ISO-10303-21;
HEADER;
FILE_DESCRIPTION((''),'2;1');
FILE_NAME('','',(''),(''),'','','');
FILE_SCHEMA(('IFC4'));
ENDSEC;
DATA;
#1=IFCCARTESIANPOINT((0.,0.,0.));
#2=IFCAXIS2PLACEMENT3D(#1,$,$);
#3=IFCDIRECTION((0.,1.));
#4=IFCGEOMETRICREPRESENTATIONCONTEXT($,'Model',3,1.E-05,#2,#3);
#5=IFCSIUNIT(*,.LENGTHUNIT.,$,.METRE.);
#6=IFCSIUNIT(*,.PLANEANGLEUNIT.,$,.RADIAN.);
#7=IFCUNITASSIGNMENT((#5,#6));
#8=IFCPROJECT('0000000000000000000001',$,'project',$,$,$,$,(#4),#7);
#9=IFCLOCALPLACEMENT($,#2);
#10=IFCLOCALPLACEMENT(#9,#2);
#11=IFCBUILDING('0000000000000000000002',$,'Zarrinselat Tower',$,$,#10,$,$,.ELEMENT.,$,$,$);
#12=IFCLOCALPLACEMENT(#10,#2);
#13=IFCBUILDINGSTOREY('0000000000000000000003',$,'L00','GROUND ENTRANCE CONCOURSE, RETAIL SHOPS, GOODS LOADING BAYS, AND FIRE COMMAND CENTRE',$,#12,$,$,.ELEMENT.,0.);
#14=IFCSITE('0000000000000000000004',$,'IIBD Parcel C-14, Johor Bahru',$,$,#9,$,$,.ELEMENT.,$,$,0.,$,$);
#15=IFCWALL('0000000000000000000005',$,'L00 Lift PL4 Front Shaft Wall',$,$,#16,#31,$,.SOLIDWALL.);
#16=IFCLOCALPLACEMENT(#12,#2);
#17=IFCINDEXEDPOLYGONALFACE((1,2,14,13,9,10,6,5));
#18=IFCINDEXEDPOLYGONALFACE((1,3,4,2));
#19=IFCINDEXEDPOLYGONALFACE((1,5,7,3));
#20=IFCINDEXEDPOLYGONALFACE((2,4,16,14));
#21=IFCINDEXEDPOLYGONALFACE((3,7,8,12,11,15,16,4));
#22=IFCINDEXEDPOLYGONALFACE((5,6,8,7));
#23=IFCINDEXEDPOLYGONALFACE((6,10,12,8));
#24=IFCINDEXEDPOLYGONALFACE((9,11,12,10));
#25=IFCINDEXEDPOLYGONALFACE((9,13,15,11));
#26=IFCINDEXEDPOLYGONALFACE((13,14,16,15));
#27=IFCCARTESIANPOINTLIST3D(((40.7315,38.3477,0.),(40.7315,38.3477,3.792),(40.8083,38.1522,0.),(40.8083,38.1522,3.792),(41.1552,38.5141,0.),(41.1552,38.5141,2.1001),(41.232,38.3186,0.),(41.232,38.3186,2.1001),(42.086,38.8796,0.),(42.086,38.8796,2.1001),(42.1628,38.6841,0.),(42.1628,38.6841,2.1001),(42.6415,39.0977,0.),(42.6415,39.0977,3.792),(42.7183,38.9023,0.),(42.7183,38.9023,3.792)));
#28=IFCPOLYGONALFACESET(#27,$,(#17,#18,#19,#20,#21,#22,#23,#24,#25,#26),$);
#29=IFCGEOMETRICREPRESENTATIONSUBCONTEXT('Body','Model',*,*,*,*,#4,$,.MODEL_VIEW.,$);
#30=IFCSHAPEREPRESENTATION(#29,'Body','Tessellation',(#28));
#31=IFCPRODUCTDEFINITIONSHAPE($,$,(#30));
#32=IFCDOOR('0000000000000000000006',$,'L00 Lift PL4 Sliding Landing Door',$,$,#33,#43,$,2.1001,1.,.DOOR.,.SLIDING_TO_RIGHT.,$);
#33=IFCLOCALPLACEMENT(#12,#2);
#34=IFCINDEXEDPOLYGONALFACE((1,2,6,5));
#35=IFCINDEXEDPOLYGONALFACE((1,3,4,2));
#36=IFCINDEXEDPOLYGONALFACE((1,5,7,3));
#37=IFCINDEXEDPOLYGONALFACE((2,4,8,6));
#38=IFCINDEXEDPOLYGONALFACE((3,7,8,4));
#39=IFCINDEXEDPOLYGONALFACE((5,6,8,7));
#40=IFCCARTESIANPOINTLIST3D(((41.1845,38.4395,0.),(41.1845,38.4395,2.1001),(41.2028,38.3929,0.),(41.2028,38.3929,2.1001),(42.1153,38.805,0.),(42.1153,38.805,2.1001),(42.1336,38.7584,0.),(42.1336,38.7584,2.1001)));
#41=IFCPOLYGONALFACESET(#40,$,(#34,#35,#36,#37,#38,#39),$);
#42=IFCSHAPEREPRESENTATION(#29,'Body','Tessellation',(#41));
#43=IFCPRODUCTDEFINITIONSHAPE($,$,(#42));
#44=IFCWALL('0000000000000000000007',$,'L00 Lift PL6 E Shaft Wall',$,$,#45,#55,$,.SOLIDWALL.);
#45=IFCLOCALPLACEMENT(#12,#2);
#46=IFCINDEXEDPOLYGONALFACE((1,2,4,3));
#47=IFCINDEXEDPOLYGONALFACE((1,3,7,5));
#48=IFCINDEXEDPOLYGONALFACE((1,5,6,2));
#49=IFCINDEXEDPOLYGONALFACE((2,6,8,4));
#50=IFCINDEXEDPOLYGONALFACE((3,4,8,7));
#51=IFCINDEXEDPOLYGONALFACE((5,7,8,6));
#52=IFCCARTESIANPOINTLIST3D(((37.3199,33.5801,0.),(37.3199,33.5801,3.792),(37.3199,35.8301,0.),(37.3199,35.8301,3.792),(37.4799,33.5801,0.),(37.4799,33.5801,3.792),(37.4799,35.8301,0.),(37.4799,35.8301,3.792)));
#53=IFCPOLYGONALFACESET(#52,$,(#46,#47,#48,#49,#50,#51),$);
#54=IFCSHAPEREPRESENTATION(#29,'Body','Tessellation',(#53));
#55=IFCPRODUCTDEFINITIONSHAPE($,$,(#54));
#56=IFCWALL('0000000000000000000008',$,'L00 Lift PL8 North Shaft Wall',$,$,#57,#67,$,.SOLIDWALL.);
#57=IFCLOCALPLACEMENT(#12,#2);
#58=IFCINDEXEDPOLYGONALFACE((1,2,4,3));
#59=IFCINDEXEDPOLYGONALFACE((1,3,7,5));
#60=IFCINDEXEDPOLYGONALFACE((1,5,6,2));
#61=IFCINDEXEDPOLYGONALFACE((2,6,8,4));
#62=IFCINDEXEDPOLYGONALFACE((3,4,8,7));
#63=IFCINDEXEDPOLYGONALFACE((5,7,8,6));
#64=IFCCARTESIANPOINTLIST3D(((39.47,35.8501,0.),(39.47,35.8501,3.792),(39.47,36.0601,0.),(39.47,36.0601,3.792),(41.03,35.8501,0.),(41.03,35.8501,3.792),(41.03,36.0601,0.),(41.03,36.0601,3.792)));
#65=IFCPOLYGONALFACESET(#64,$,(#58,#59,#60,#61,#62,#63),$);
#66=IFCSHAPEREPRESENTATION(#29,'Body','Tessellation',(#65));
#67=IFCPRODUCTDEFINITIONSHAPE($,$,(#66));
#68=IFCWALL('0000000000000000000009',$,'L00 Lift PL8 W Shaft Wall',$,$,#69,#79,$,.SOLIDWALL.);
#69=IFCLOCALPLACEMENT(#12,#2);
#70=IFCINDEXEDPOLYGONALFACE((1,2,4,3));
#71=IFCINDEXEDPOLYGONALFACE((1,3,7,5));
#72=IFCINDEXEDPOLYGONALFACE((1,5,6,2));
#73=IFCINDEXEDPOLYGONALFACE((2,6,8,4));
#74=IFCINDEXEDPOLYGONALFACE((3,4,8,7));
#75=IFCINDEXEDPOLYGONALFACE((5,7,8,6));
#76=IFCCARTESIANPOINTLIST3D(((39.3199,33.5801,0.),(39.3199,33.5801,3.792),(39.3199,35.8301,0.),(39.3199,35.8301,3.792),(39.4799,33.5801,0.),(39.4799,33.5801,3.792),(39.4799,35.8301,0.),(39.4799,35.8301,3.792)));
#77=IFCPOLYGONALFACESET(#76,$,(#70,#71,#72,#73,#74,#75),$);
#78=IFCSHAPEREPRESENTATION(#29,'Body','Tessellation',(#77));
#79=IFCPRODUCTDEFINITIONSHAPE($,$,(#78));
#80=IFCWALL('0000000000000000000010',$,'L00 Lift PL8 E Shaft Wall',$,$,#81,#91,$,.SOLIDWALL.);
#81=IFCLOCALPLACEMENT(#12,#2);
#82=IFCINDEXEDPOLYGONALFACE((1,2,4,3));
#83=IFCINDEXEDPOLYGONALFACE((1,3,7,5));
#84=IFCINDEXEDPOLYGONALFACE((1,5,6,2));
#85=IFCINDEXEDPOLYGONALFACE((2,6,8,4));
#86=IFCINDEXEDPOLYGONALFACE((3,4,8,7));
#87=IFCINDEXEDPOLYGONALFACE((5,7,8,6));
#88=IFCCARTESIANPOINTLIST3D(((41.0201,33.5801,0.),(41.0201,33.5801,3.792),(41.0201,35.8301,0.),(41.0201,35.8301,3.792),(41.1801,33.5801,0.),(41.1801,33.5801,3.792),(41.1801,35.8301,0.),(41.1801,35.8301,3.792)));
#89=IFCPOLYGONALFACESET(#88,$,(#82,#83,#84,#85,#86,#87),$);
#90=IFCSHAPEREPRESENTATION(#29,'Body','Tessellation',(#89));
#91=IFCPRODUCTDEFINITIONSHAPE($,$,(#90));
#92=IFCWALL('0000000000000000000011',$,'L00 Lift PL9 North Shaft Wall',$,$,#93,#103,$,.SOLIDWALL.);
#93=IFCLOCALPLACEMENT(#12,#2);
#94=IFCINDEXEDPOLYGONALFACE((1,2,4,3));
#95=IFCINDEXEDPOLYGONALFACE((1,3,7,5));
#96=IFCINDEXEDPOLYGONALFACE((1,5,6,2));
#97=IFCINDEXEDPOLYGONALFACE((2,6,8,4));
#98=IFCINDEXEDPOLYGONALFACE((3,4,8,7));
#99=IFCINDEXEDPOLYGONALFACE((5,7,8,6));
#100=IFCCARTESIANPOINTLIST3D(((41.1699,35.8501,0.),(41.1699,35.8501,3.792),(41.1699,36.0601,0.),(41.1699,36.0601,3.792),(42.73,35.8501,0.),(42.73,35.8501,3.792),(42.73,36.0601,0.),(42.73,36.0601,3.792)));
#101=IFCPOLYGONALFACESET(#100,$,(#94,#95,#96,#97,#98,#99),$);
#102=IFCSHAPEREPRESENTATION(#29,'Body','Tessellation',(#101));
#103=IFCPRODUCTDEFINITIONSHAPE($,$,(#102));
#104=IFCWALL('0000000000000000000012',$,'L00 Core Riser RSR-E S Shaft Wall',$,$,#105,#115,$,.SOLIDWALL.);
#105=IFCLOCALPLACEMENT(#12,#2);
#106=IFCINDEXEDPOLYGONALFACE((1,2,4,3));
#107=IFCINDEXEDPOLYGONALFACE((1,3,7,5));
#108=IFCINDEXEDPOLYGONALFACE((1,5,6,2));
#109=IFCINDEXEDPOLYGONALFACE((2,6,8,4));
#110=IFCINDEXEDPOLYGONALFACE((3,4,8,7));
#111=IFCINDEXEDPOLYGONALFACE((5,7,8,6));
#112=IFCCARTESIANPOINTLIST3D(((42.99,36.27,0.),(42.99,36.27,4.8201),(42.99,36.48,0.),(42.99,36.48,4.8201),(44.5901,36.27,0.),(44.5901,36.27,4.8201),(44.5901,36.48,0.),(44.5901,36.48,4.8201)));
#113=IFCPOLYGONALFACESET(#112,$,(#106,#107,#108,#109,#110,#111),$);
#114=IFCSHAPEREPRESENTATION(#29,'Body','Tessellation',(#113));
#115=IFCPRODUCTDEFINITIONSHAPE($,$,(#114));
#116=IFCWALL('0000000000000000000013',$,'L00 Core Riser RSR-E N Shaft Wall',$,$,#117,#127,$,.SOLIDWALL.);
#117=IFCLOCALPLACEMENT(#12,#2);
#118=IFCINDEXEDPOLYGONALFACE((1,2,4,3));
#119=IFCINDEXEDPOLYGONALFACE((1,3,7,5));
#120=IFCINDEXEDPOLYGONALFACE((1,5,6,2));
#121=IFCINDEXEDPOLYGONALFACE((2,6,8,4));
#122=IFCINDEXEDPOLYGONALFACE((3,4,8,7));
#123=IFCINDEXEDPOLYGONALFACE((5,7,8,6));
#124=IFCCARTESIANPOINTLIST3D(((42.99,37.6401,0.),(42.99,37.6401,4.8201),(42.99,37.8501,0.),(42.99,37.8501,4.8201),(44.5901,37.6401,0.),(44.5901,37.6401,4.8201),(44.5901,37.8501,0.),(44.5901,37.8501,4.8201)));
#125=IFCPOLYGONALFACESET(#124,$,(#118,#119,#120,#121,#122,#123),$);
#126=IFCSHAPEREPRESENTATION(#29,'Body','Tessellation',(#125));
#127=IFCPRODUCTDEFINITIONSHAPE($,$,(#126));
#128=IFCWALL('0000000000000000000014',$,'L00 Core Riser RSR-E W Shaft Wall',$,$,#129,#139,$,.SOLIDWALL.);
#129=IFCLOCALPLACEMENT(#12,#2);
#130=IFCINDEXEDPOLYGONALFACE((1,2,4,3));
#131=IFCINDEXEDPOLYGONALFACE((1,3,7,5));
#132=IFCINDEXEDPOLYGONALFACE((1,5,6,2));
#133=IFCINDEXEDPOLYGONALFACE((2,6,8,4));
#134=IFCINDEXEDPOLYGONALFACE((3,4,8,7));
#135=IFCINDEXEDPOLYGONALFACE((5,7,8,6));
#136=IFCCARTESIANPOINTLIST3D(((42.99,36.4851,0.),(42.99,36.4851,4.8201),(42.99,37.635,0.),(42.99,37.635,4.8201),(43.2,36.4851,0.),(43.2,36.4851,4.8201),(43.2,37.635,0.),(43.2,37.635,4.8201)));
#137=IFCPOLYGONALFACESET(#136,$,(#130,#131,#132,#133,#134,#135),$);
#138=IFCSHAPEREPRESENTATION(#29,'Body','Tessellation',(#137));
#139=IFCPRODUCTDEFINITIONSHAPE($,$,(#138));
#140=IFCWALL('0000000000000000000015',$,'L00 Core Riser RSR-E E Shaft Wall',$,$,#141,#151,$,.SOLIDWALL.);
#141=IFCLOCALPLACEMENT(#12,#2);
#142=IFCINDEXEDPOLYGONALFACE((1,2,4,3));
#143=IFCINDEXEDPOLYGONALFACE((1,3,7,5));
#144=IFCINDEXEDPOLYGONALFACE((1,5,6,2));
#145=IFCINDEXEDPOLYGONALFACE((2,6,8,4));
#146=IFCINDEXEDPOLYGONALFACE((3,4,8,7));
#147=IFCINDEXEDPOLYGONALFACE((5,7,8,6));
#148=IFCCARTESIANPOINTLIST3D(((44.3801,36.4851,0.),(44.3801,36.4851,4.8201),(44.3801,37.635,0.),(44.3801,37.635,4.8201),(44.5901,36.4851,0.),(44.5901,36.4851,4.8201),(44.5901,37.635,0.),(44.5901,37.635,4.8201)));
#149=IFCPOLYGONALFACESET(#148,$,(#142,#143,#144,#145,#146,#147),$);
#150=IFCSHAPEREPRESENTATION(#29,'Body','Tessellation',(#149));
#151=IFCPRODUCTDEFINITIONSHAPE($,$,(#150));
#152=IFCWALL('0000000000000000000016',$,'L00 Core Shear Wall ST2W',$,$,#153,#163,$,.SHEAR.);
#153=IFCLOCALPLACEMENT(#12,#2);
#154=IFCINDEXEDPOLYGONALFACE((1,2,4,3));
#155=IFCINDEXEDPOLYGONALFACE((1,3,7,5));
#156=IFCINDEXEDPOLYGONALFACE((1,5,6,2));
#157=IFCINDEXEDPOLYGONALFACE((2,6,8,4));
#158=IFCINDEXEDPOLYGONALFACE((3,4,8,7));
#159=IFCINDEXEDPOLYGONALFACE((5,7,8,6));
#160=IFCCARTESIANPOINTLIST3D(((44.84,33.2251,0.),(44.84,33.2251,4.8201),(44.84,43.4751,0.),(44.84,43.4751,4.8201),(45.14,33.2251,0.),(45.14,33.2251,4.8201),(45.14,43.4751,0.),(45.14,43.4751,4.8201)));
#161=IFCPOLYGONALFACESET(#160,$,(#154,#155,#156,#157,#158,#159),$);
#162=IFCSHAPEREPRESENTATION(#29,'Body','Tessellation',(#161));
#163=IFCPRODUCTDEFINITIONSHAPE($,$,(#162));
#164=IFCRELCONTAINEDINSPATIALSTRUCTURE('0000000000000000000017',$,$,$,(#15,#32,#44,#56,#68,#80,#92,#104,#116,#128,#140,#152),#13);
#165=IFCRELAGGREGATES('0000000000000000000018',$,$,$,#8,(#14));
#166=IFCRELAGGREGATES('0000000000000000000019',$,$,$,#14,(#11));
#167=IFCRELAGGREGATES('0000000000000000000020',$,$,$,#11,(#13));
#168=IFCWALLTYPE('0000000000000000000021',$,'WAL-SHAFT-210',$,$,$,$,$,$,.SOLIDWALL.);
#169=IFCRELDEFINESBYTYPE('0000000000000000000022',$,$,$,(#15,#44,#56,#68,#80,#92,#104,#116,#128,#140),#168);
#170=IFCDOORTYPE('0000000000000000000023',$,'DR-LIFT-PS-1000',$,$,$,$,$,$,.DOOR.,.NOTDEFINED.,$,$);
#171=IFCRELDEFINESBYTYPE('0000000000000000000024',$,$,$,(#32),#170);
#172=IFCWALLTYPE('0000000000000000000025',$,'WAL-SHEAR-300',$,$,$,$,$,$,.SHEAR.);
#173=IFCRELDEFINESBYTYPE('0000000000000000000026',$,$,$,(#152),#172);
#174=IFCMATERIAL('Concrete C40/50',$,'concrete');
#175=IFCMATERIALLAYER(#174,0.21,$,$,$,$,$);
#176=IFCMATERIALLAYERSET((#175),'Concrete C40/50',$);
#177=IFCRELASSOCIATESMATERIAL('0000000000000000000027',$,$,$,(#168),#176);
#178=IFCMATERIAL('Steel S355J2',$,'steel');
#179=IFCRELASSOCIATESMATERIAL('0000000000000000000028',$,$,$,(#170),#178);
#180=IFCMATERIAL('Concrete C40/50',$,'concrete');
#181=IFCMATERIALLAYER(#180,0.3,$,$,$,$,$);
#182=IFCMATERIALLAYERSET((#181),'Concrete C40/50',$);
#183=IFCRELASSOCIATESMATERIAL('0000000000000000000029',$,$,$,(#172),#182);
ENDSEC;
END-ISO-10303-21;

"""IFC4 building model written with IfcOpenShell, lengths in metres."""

from ifc_helpers import new_model, si_unit, direction, frame, frame_2d, origin, place, context, subcontext, project, spatial, rectangle, extrude, material, layer, layer_set, type_object, element, fill, save


model = new_model("IFC4")

# Units and contexts
model_context = context("Model", 3, precision=1e-05, world=origin(), true_north=direction((0.0, 1.0)))
body_context = subcontext(model_context, "Body", "Model", "MODEL_VIEW")
ifc_project = project(units=[si_unit("LENGTHUNIT", "METRE"), si_unit("PLANEANGLEUNIT", "RADIAN")], contexts=[model_context])

# Site, building, storey
site_placement = place(None, origin())
site = spatial("IfcSite", under=ifc_project, at=site_placement, Name="IIBD Parcel C-14, Johor Bahru", CompositionType="ELEMENT", RefElevation=0.0)
building_placement = place(site_placement, origin())
building = spatial("IfcBuilding", under=site, at=building_placement, Name="Zarrinselat Tower", CompositionType="ELEMENT")
storey_placement = place(building_placement, origin())
storey = spatial("IfcBuildingStorey", under=building, at=storey_placement, Name="L00", Description="GROUND ENTRANCE CONCOURSE, RETAIL SHOPS, GOODS LOADING BAYS, AND FIRE COMMAND CENTRE", CompositionType="ELEMENT", Elevation=0.0)

# Shared definitions
ifc_material_1 = material(Name="Concrete C40/50", Category="concrete")
ifc_layer_1 = layer(ifc_material_1, 0.21)
ifc_layer_set_1 = layer_set([ifc_layer_1], Name="Concrete C40/50")
wall_type_1 = type_object("IfcWallType", Name="WAL-SHAFT-210", PredefinedType="SOLIDWALL", material=ifc_layer_set_1)

# Wall, opening, door
ifc_material_2 = material(Name="Steel S355J2", Category="steel")
door_type_1 = type_object("IfcDoorType", Name="DR-LIFT-PS-1000", OperationType="NOTDEFINED", PredefinedType="DOOR", material=ifc_material_2)
wall_1_placement = place(storey_placement, frame((40.77, 38.25, 0.0), z_axis=(0.0, 0.0, 1.0), x_axis=(0.930805, 0.365516, 0.0)))
wall_1 = element("IfcWall", 1, at=wall_1_placement, inside=storey, type_object=wall_type_1, Name="L00 Lift PL4 Front Shaft Wall", PredefinedType="SOLIDWALL", context=body_context, shape_type="SweptSolid", body=[
    extrude(rectangle(XDim=2.052, YDim=0.21, at=frame_2d((1.0259, 0.0))), origin(), (0.0, 0.0, 1.0), 3.792),
])
opening_1_placement = place(wall_1_placement, frame((0.4551, 0.0, 0.0)))
opening_1 = element("IfcOpeningElement", 2, at=opening_1_placement, cuts=wall_1, PredefinedType="OPENING", context=body_context, shape_type="SweptSolid", body=[
    extrude(rectangle(XDim=1.0, YDim=2.1001, at=frame_2d((0.5, 1.05))), frame((0.0, 0.115, 0.0), z_axis=(0.0, -1.0, 0.0), x_axis=(1.0, 0.0, 0.0)), (0.0, 0.0, 1.0), 0.23),
])
door_1_placement = place(opening_1_placement, origin())
door_1 = element("IfcDoor", 3, at=door_1_placement, inside=storey, type_object=door_type_1, Name="L00 Lift PL4 Sliding Landing Door", OperationType="SLIDING_TO_RIGHT", OverallHeight=2.1001, OverallWidth=1.0, PredefinedType="DOOR", context=body_context, shape_type="SweptSolid", body=[
    extrude(rectangle(XDim=1.0, YDim=2.1001, at=frame_2d((0.5, 1.05))), frame((0.0, 0.0249, 0.0), z_axis=(0.0, -1.0, 0.0), x_axis=(1.0, 0.0, 0.0)), (0.0, 0.0, 1.0), 0.05),
])
fill(opening_1, door_1)

# Walls
wall_2_placement = place(storey_placement, frame((37.3999, 33.5801, 0.0), z_axis=(0.0, 0.0, 1.0), x_axis=(0.0, 1.0, 0.0)))
element("IfcWall", 4, at=wall_2_placement, inside=storey, type_object=wall_type_1, Name="L00 Lift PL6 E Shaft Wall", PredefinedType="SOLIDWALL", context=body_context, shape_type="SweptSolid", body=[
    extrude(rectangle(XDim=2.25, YDim=0.1599, at=frame_2d((1.125, 0.0))), origin(), (0.0, 0.0, 1.0), 3.792),
])
wall_3_placement = place(storey_placement, frame((39.47, 35.9551, 0.0), z_axis=(0.0, 0.0, 1.0), x_axis=(1.0, 0.0, 0.0)))
element("IfcWall", 5, at=wall_3_placement, inside=storey, type_object=wall_type_1, Name="L00 Lift PL8 North Shaft Wall", PredefinedType="SOLIDWALL", context=body_context, shape_type="SweptSolid", body=[
    extrude(rectangle(XDim=1.5601, YDim=0.21, at=frame_2d((0.78, 0.0))), origin(), (0.0, 0.0, 1.0), 3.792),
])
for number, where, z_axis, x_axis, name in (
    (6, (39.3999, 33.5801, 0.0), (0.0, 0.0, 1.0), (0.0, 1.0, 0.0), "L00 Lift PL8 W Shaft Wall"),
    (7, (41.1001, 33.5801, 0.0), (0.0, 0.0, 1.0), (0.0, 1.0, 0.0), "L00 Lift PL8 E Shaft Wall"),
):
    element("IfcWall", number, at=place(storey_placement, frame(where, z_axis=z_axis, x_axis=x_axis)), inside=storey, type_object=wall_type_1, Name=name, PredefinedType="SOLIDWALL", context=body_context, shape_type="SweptSolid", body=[
        extrude(rectangle(XDim=2.25, YDim=0.1599, at=frame_2d((1.125, 0.0))), origin(), (0.0, 0.0, 1.0), 3.792),
    ])
wall_4_placement = place(storey_placement, frame((41.1699, 35.9551, 0.0), z_axis=(0.0, 0.0, 1.0), x_axis=(1.0, 0.0, 0.0)))
element("IfcWall", 8, at=wall_4_placement, inside=storey, type_object=wall_type_1, Name="L00 Lift PL9 North Shaft Wall", PredefinedType="SOLIDWALL", context=body_context, shape_type="SweptSolid", body=[
    extrude(rectangle(XDim=1.5601, YDim=0.21, at=frame_2d((0.78, 0.0))), origin(), (0.0, 0.0, 1.0), 3.792),
])
for number, where, z_axis, x_axis, name in (
    (9, (42.99, 36.375, 0.0), (0.0, 0.0, 1.0), (1.0, 0.0, 0.0), "L00 Core Riser RSR-E S Shaft Wall"),
    (10, (42.99, 37.7451, 0.0), (0.0, 0.0, 1.0), (1.0, 0.0, 0.0), "L00 Core Riser RSR-E N Shaft Wall"),
):
    element("IfcWall", number, at=place(storey_placement, frame(where, z_axis=z_axis, x_axis=x_axis)), inside=storey, type_object=wall_type_1, Name=name, PredefinedType="SOLIDWALL", context=body_context, shape_type="SweptSolid", body=[
        extrude(rectangle(XDim=1.6001, YDim=0.21, at=frame_2d((0.8, 0.0))), origin(), (0.0, 0.0, 1.0), 4.8201),
    ])
for number, where, z_axis, x_axis, name in (
    (11, (43.095, 36.4851, 0.0), (0.0, 0.0, 1.0), (0.0, 1.0, 0.0), "L00 Core Riser RSR-E W Shaft Wall"),
    (12, (44.4851, 36.4851, 0.0), (0.0, 0.0, 1.0), (0.0, 1.0, 0.0), "L00 Core Riser RSR-E E Shaft Wall"),
):
    element("IfcWall", number, at=place(storey_placement, frame(where, z_axis=z_axis, x_axis=x_axis)), inside=storey, type_object=wall_type_1, Name=name, PredefinedType="SOLIDWALL", context=body_context, shape_type="SweptSolid", body=[
        extrude(rectangle(XDim=1.1499, YDim=0.21, at=frame_2d((0.575, 0.0))), origin(), (0.0, 0.0, 1.0), 4.8201),
    ])
ifc_material_3 = material(Name="Concrete C40/50", Category="concrete")
ifc_layer_2 = layer(ifc_material_3, 0.3)
ifc_layer_set_2 = layer_set([ifc_layer_2], Name="Concrete C40/50")
wall_type_2 = type_object("IfcWallType", Name="WAL-SHEAR-300", PredefinedType="SHEAR", material=ifc_layer_set_2)
wall_5_placement = place(storey_placement, frame((44.99, 33.2251, 0.0), z_axis=(0.0, 0.0, 1.0), x_axis=(0.0, 1.0, 0.0)))
element("IfcWall", 13, at=wall_5_placement, inside=storey, type_object=wall_type_2, Name="L00 Core Shear Wall ST2W", PredefinedType="SHEAR", context=body_context, shape_type="SweptSolid", body=[
    extrude(rectangle(XDim=10.25, YDim=0.3, at=frame_2d((5.125, 0.0))), origin(), (0.0, 0.0, 1.0), 4.8201),
])

save(model, "model.ifc")
